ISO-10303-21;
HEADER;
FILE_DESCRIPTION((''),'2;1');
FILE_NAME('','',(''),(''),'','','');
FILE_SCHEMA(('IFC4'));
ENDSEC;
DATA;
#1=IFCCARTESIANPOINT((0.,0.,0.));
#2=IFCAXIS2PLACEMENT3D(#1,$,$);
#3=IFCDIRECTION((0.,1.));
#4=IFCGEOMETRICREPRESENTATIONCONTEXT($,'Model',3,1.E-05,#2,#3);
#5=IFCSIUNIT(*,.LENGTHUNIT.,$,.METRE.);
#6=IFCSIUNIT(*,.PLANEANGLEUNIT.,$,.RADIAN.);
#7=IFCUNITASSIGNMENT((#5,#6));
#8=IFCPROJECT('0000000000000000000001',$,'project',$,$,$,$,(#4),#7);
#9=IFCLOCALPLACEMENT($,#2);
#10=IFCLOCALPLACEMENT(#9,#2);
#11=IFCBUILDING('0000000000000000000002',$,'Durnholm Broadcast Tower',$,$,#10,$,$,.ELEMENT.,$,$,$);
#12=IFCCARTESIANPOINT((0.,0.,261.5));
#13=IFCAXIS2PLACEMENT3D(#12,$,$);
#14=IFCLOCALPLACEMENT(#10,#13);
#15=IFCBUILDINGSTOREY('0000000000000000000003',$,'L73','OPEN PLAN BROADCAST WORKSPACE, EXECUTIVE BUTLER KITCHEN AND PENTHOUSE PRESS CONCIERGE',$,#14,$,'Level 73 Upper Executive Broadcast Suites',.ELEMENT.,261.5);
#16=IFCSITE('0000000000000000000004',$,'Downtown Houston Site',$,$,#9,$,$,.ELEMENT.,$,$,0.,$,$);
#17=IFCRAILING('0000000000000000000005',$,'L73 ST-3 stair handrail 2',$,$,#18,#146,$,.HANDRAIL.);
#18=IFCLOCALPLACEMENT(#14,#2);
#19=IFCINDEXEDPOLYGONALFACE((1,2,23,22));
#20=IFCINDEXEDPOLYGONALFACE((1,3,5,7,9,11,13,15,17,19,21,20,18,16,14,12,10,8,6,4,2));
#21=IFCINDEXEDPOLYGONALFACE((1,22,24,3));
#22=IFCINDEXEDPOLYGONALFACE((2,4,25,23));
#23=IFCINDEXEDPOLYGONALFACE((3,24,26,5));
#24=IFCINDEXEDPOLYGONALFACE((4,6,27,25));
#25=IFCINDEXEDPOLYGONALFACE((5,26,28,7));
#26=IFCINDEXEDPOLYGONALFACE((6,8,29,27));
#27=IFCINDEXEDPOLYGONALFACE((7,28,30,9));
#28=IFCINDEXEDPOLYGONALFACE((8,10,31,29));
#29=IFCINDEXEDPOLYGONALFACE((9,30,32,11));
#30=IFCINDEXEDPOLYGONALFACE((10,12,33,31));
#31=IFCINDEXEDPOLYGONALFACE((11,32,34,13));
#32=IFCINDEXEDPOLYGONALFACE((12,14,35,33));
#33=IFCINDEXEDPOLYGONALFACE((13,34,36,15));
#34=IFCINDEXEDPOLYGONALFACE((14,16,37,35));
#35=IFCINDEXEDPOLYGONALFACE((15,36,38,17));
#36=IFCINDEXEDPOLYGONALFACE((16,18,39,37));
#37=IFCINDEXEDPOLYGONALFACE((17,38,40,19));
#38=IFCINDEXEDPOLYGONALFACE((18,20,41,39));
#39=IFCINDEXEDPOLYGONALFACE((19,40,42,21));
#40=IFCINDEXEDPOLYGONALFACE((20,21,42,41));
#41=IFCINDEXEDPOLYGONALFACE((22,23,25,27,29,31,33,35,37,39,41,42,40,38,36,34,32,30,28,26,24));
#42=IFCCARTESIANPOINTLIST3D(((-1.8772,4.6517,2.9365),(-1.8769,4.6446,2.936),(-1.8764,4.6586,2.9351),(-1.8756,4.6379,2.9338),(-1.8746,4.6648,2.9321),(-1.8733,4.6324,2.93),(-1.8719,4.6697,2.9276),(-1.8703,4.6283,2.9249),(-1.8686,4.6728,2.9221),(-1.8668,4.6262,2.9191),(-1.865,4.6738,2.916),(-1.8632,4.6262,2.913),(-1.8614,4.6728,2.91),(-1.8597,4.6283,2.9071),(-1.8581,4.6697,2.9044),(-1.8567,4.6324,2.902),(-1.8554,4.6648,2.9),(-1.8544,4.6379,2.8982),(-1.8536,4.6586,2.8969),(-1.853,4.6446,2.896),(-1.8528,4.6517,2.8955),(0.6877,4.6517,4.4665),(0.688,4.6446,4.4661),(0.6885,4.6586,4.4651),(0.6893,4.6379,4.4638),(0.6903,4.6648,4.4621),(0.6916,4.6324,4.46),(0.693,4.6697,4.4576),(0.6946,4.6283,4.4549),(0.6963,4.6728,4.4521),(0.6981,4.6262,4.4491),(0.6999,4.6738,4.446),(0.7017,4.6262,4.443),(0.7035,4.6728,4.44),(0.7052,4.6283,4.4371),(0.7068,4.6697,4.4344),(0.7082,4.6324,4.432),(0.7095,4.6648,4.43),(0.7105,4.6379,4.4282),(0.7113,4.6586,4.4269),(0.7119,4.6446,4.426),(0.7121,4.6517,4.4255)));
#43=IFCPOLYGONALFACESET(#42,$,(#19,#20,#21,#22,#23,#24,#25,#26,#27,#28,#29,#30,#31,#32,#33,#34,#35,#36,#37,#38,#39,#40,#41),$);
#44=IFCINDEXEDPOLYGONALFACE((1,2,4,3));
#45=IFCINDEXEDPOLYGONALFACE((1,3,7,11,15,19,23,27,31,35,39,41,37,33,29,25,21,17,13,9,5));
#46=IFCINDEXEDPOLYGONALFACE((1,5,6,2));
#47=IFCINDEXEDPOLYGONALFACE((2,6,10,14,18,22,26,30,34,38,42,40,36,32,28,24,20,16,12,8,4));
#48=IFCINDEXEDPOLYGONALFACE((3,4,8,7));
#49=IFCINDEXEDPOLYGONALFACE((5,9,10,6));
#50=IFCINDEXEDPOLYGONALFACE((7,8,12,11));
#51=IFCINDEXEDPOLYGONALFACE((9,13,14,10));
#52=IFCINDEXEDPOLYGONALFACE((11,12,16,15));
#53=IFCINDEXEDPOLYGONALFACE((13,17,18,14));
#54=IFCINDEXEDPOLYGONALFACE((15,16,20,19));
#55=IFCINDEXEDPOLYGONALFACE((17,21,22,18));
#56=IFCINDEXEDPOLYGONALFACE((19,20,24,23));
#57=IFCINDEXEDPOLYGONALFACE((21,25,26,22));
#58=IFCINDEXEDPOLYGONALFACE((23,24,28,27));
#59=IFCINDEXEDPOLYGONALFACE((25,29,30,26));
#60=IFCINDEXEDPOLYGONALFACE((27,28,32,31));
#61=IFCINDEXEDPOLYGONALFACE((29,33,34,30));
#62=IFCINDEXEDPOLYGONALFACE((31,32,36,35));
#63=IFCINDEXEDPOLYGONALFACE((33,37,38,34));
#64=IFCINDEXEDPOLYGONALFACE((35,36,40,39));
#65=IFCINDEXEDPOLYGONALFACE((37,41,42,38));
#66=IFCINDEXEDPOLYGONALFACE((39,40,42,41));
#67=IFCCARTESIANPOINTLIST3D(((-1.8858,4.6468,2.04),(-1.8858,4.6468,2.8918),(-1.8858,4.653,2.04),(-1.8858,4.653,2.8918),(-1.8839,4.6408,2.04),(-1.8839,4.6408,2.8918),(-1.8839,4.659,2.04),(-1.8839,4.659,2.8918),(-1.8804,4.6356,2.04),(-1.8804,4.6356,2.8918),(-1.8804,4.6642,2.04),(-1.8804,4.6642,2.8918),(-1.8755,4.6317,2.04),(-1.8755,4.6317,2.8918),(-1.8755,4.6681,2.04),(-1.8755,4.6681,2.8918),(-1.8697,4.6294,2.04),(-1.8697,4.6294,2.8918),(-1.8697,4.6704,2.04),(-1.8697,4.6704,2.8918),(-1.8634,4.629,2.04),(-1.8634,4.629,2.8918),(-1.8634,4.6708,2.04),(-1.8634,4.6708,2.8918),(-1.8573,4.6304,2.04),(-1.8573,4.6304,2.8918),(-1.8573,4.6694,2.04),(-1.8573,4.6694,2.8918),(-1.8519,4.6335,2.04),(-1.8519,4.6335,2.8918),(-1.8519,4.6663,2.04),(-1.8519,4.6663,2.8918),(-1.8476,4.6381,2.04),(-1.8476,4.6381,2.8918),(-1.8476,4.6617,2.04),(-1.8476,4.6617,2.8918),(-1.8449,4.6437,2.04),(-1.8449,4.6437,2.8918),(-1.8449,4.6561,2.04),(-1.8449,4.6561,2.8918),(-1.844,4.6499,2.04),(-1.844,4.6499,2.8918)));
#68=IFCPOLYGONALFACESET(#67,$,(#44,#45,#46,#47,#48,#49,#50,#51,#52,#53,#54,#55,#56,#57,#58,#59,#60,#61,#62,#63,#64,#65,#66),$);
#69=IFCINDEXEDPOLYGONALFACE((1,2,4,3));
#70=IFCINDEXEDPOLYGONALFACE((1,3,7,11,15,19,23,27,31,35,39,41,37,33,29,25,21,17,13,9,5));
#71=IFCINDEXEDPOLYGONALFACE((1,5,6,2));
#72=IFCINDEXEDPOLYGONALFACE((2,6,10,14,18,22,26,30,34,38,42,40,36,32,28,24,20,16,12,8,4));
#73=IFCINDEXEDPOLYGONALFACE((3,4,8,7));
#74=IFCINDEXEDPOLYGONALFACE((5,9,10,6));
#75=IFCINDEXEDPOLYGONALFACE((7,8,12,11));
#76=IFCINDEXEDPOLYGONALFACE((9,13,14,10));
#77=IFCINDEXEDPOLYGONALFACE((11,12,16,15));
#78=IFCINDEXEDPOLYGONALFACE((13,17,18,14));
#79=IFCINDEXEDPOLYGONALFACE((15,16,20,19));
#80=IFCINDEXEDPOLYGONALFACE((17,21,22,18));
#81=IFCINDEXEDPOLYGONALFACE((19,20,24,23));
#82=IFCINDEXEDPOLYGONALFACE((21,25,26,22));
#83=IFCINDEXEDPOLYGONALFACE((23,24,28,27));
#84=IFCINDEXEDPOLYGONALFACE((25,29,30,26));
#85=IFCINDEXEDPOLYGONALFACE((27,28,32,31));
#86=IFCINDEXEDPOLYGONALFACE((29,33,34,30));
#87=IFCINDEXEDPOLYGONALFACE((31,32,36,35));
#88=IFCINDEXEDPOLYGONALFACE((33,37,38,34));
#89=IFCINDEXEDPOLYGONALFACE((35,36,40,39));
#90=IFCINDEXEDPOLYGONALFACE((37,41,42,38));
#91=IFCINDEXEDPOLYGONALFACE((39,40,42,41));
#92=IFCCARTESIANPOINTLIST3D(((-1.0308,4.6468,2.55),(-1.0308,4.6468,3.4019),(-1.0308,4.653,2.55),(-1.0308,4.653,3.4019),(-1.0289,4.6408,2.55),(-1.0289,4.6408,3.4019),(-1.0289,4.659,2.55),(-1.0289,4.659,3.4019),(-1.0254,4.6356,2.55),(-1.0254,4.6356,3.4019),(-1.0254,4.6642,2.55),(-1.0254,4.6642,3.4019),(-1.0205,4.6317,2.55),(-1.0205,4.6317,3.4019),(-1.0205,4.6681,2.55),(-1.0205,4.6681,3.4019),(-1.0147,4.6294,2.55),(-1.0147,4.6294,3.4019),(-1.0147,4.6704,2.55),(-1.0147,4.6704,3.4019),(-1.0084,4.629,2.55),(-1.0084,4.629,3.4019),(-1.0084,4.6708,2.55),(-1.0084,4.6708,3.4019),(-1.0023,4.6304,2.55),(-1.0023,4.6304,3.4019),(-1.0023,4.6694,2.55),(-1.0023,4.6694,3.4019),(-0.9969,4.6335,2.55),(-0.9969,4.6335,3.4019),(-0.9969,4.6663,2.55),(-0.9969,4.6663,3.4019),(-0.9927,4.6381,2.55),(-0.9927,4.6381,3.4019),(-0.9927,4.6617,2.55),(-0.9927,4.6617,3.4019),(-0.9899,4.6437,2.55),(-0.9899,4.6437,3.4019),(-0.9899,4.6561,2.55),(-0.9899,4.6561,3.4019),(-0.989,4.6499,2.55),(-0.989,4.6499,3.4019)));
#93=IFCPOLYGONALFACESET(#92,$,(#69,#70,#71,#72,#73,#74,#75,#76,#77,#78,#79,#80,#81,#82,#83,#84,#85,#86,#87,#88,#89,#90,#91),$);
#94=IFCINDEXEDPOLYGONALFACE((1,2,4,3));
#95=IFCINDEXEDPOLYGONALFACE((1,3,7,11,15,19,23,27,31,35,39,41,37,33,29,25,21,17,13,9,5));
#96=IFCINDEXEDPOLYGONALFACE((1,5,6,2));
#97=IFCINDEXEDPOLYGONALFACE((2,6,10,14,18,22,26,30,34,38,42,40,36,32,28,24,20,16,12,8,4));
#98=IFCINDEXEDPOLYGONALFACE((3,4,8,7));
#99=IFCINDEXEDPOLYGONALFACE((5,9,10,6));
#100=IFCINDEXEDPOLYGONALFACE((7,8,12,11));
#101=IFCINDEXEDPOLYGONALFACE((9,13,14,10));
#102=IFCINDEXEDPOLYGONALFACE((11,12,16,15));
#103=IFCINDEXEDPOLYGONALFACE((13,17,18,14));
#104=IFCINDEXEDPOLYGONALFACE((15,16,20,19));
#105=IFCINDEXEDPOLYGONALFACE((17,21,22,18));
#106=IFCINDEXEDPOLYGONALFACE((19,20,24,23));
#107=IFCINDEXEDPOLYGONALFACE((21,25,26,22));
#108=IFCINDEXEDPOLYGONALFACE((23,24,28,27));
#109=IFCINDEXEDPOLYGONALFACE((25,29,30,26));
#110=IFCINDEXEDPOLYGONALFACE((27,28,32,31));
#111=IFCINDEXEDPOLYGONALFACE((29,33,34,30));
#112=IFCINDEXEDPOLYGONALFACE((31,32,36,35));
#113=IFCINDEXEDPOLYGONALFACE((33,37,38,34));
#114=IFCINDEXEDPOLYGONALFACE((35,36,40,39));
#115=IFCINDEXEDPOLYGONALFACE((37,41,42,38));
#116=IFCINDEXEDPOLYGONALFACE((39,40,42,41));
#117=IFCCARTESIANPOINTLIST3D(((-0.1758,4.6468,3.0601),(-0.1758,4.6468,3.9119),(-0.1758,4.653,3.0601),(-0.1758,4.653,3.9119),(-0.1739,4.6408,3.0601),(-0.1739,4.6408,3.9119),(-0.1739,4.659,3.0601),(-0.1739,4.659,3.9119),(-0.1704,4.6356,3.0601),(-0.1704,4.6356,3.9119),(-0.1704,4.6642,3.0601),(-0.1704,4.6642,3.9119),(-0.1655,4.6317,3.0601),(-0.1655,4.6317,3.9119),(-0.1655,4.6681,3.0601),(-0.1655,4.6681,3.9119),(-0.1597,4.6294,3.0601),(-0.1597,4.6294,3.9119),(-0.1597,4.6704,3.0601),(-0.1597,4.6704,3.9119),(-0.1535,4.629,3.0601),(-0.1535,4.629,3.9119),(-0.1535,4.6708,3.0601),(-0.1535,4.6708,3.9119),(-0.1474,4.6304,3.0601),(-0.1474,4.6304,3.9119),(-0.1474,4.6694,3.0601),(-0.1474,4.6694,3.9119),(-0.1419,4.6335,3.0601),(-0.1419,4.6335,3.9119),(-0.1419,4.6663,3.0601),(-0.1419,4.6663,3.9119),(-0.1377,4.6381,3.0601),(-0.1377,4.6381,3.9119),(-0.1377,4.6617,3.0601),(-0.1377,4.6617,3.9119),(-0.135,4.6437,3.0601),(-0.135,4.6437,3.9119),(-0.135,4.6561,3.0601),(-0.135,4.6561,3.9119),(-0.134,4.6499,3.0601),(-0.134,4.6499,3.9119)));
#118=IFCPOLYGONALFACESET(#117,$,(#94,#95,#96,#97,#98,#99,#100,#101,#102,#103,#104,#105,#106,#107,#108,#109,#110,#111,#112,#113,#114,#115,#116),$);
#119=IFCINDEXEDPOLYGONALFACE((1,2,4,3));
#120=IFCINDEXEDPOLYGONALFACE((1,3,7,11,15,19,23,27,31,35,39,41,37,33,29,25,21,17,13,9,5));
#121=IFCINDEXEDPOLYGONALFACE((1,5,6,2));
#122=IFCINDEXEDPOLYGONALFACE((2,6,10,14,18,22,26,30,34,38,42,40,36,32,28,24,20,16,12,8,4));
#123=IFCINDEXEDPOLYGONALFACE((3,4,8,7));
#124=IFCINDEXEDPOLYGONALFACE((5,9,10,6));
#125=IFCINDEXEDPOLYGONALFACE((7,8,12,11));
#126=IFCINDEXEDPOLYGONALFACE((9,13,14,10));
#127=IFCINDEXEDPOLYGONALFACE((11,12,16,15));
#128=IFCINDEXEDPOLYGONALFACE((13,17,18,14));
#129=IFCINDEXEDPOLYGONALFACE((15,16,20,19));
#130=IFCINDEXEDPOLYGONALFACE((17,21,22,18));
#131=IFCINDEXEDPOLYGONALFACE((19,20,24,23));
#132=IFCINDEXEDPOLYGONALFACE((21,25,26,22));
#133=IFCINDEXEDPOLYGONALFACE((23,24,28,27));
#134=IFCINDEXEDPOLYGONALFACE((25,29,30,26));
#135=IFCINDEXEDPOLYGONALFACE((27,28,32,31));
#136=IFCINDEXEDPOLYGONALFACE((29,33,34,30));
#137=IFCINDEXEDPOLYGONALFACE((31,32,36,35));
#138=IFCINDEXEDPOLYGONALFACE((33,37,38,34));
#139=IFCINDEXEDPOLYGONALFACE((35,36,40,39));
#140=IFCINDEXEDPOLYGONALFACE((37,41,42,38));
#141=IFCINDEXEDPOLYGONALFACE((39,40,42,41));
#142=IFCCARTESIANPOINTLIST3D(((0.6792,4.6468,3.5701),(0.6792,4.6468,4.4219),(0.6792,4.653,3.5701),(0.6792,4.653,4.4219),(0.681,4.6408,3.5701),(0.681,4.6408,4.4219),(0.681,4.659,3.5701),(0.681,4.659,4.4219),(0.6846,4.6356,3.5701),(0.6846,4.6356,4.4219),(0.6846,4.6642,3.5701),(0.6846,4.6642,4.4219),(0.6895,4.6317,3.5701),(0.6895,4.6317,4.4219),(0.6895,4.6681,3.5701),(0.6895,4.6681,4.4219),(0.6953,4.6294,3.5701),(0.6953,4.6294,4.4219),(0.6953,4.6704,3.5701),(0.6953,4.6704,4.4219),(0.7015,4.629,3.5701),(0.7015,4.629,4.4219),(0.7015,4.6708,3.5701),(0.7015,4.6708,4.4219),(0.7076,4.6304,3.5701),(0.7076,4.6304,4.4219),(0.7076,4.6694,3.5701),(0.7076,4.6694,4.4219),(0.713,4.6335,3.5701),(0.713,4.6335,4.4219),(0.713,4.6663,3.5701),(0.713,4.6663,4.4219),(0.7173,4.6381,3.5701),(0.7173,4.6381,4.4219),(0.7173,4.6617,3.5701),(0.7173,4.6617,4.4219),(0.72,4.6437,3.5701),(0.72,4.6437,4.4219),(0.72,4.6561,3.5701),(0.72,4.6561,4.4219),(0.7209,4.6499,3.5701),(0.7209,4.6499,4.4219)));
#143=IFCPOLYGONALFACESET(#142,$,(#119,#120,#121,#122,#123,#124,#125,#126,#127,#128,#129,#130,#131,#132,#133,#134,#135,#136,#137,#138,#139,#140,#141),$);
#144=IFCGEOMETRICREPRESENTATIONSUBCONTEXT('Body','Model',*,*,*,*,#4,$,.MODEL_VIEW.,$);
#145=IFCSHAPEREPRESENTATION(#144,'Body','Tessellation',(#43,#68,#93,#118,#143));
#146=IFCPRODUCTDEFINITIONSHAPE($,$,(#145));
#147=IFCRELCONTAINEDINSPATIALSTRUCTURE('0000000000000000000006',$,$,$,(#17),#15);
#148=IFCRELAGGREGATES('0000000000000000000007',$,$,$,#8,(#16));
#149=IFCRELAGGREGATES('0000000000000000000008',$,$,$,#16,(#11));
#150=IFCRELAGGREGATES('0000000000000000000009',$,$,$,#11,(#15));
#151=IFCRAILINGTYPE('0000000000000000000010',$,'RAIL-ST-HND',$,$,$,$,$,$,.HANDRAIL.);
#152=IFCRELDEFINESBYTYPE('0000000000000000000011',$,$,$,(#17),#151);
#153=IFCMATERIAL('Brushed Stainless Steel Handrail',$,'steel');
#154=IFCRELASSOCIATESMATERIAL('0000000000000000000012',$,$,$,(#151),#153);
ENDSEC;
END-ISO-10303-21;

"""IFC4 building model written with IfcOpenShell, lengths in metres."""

from ifc_helpers import new_model, si_unit, direction, frame, origin, origin_2d, place, context, subcontext, project, spatial, circle, extrude, material, type_object, element, save


model = new_model("IFC4")

# Units and contexts
model_context = context("Model", 3, precision=1e-05, world=origin(), true_north=direction((0.0, 1.0)))
body_context = subcontext(model_context, "Body", "Model", "MODEL_VIEW")
ifc_project = project(units=[si_unit("LENGTHUNIT", "METRE"), si_unit("PLANEANGLEUNIT", "RADIAN")], contexts=[model_context])

# Site, building, storey
site_placement = place(None, origin())
site = spatial("IfcSite", under=ifc_project, at=site_placement, Name="Downtown Houston Site", CompositionType="ELEMENT", RefElevation=0.0)
building_placement = place(site_placement, origin())
building = spatial("IfcBuilding", under=site, at=building_placement, Name="Durnholm Broadcast Tower", CompositionType="ELEMENT")
storey_placement = place(building_placement, frame((0.0, 0.0, 261.5)))
storey = spatial("IfcBuildingStorey", under=building, at=storey_placement, Name="L73", Description="OPEN PLAN BROADCAST WORKSPACE, EXECUTIVE BUTLER KITCHEN AND PENTHOUSE PRESS CONCIERGE", LongName="Level 73 Upper Executive Broadcast Suites", CompositionType="ELEMENT", Elevation=261.5)

# Railing
ifc_material_1 = material(Name="Brushed Stainless Steel Handrail", Category="steel")
railing_type_1 = type_object("IfcRailingType", Name="RAIL-ST-HND", PredefinedType="HANDRAIL", material=ifc_material_1)
railing_1_placement = place(storey_placement, frame((-1.865, 4.6499, 2.04)))
element("IfcRailing", 1, at=railing_1_placement, inside=storey, type_object=railing_type_1, Name="L73 ST-3 stair handrail 2", PredefinedType="HANDRAIL", context=body_context, shape_type="SweptSolid", body=[
    extrude(circle(Radius=0.0239, at=origin_2d()), frame((0.0, 0.0, 0.876), z_axis=(0.85881, 0.0, 0.512294), x_axis=(0.0, 1.0, 0.0)), (0.0, 0.0, 1.0), 2.9866),
    extrude(circle(Radius=0.021, at=origin_2d()), origin(), (0.0, 0.0, 1.0), 0.8518),
    extrude(circle(Radius=0.021, at=origin_2d()), frame((0.855, 0.0, 0.51)), (0.0, 0.0, 1.0), 0.8518),
    extrude(circle(Radius=0.021, at=origin_2d()), frame((1.71, 0.0, 1.02)), (0.0, 0.0, 1.0), 0.8518),
    extrude(circle(Radius=0.021, at=origin_2d()), frame((2.5649, 0.0, 1.53)), (0.0, 0.0, 1.0), 0.8518),
])

save(model, "model.ifc")
